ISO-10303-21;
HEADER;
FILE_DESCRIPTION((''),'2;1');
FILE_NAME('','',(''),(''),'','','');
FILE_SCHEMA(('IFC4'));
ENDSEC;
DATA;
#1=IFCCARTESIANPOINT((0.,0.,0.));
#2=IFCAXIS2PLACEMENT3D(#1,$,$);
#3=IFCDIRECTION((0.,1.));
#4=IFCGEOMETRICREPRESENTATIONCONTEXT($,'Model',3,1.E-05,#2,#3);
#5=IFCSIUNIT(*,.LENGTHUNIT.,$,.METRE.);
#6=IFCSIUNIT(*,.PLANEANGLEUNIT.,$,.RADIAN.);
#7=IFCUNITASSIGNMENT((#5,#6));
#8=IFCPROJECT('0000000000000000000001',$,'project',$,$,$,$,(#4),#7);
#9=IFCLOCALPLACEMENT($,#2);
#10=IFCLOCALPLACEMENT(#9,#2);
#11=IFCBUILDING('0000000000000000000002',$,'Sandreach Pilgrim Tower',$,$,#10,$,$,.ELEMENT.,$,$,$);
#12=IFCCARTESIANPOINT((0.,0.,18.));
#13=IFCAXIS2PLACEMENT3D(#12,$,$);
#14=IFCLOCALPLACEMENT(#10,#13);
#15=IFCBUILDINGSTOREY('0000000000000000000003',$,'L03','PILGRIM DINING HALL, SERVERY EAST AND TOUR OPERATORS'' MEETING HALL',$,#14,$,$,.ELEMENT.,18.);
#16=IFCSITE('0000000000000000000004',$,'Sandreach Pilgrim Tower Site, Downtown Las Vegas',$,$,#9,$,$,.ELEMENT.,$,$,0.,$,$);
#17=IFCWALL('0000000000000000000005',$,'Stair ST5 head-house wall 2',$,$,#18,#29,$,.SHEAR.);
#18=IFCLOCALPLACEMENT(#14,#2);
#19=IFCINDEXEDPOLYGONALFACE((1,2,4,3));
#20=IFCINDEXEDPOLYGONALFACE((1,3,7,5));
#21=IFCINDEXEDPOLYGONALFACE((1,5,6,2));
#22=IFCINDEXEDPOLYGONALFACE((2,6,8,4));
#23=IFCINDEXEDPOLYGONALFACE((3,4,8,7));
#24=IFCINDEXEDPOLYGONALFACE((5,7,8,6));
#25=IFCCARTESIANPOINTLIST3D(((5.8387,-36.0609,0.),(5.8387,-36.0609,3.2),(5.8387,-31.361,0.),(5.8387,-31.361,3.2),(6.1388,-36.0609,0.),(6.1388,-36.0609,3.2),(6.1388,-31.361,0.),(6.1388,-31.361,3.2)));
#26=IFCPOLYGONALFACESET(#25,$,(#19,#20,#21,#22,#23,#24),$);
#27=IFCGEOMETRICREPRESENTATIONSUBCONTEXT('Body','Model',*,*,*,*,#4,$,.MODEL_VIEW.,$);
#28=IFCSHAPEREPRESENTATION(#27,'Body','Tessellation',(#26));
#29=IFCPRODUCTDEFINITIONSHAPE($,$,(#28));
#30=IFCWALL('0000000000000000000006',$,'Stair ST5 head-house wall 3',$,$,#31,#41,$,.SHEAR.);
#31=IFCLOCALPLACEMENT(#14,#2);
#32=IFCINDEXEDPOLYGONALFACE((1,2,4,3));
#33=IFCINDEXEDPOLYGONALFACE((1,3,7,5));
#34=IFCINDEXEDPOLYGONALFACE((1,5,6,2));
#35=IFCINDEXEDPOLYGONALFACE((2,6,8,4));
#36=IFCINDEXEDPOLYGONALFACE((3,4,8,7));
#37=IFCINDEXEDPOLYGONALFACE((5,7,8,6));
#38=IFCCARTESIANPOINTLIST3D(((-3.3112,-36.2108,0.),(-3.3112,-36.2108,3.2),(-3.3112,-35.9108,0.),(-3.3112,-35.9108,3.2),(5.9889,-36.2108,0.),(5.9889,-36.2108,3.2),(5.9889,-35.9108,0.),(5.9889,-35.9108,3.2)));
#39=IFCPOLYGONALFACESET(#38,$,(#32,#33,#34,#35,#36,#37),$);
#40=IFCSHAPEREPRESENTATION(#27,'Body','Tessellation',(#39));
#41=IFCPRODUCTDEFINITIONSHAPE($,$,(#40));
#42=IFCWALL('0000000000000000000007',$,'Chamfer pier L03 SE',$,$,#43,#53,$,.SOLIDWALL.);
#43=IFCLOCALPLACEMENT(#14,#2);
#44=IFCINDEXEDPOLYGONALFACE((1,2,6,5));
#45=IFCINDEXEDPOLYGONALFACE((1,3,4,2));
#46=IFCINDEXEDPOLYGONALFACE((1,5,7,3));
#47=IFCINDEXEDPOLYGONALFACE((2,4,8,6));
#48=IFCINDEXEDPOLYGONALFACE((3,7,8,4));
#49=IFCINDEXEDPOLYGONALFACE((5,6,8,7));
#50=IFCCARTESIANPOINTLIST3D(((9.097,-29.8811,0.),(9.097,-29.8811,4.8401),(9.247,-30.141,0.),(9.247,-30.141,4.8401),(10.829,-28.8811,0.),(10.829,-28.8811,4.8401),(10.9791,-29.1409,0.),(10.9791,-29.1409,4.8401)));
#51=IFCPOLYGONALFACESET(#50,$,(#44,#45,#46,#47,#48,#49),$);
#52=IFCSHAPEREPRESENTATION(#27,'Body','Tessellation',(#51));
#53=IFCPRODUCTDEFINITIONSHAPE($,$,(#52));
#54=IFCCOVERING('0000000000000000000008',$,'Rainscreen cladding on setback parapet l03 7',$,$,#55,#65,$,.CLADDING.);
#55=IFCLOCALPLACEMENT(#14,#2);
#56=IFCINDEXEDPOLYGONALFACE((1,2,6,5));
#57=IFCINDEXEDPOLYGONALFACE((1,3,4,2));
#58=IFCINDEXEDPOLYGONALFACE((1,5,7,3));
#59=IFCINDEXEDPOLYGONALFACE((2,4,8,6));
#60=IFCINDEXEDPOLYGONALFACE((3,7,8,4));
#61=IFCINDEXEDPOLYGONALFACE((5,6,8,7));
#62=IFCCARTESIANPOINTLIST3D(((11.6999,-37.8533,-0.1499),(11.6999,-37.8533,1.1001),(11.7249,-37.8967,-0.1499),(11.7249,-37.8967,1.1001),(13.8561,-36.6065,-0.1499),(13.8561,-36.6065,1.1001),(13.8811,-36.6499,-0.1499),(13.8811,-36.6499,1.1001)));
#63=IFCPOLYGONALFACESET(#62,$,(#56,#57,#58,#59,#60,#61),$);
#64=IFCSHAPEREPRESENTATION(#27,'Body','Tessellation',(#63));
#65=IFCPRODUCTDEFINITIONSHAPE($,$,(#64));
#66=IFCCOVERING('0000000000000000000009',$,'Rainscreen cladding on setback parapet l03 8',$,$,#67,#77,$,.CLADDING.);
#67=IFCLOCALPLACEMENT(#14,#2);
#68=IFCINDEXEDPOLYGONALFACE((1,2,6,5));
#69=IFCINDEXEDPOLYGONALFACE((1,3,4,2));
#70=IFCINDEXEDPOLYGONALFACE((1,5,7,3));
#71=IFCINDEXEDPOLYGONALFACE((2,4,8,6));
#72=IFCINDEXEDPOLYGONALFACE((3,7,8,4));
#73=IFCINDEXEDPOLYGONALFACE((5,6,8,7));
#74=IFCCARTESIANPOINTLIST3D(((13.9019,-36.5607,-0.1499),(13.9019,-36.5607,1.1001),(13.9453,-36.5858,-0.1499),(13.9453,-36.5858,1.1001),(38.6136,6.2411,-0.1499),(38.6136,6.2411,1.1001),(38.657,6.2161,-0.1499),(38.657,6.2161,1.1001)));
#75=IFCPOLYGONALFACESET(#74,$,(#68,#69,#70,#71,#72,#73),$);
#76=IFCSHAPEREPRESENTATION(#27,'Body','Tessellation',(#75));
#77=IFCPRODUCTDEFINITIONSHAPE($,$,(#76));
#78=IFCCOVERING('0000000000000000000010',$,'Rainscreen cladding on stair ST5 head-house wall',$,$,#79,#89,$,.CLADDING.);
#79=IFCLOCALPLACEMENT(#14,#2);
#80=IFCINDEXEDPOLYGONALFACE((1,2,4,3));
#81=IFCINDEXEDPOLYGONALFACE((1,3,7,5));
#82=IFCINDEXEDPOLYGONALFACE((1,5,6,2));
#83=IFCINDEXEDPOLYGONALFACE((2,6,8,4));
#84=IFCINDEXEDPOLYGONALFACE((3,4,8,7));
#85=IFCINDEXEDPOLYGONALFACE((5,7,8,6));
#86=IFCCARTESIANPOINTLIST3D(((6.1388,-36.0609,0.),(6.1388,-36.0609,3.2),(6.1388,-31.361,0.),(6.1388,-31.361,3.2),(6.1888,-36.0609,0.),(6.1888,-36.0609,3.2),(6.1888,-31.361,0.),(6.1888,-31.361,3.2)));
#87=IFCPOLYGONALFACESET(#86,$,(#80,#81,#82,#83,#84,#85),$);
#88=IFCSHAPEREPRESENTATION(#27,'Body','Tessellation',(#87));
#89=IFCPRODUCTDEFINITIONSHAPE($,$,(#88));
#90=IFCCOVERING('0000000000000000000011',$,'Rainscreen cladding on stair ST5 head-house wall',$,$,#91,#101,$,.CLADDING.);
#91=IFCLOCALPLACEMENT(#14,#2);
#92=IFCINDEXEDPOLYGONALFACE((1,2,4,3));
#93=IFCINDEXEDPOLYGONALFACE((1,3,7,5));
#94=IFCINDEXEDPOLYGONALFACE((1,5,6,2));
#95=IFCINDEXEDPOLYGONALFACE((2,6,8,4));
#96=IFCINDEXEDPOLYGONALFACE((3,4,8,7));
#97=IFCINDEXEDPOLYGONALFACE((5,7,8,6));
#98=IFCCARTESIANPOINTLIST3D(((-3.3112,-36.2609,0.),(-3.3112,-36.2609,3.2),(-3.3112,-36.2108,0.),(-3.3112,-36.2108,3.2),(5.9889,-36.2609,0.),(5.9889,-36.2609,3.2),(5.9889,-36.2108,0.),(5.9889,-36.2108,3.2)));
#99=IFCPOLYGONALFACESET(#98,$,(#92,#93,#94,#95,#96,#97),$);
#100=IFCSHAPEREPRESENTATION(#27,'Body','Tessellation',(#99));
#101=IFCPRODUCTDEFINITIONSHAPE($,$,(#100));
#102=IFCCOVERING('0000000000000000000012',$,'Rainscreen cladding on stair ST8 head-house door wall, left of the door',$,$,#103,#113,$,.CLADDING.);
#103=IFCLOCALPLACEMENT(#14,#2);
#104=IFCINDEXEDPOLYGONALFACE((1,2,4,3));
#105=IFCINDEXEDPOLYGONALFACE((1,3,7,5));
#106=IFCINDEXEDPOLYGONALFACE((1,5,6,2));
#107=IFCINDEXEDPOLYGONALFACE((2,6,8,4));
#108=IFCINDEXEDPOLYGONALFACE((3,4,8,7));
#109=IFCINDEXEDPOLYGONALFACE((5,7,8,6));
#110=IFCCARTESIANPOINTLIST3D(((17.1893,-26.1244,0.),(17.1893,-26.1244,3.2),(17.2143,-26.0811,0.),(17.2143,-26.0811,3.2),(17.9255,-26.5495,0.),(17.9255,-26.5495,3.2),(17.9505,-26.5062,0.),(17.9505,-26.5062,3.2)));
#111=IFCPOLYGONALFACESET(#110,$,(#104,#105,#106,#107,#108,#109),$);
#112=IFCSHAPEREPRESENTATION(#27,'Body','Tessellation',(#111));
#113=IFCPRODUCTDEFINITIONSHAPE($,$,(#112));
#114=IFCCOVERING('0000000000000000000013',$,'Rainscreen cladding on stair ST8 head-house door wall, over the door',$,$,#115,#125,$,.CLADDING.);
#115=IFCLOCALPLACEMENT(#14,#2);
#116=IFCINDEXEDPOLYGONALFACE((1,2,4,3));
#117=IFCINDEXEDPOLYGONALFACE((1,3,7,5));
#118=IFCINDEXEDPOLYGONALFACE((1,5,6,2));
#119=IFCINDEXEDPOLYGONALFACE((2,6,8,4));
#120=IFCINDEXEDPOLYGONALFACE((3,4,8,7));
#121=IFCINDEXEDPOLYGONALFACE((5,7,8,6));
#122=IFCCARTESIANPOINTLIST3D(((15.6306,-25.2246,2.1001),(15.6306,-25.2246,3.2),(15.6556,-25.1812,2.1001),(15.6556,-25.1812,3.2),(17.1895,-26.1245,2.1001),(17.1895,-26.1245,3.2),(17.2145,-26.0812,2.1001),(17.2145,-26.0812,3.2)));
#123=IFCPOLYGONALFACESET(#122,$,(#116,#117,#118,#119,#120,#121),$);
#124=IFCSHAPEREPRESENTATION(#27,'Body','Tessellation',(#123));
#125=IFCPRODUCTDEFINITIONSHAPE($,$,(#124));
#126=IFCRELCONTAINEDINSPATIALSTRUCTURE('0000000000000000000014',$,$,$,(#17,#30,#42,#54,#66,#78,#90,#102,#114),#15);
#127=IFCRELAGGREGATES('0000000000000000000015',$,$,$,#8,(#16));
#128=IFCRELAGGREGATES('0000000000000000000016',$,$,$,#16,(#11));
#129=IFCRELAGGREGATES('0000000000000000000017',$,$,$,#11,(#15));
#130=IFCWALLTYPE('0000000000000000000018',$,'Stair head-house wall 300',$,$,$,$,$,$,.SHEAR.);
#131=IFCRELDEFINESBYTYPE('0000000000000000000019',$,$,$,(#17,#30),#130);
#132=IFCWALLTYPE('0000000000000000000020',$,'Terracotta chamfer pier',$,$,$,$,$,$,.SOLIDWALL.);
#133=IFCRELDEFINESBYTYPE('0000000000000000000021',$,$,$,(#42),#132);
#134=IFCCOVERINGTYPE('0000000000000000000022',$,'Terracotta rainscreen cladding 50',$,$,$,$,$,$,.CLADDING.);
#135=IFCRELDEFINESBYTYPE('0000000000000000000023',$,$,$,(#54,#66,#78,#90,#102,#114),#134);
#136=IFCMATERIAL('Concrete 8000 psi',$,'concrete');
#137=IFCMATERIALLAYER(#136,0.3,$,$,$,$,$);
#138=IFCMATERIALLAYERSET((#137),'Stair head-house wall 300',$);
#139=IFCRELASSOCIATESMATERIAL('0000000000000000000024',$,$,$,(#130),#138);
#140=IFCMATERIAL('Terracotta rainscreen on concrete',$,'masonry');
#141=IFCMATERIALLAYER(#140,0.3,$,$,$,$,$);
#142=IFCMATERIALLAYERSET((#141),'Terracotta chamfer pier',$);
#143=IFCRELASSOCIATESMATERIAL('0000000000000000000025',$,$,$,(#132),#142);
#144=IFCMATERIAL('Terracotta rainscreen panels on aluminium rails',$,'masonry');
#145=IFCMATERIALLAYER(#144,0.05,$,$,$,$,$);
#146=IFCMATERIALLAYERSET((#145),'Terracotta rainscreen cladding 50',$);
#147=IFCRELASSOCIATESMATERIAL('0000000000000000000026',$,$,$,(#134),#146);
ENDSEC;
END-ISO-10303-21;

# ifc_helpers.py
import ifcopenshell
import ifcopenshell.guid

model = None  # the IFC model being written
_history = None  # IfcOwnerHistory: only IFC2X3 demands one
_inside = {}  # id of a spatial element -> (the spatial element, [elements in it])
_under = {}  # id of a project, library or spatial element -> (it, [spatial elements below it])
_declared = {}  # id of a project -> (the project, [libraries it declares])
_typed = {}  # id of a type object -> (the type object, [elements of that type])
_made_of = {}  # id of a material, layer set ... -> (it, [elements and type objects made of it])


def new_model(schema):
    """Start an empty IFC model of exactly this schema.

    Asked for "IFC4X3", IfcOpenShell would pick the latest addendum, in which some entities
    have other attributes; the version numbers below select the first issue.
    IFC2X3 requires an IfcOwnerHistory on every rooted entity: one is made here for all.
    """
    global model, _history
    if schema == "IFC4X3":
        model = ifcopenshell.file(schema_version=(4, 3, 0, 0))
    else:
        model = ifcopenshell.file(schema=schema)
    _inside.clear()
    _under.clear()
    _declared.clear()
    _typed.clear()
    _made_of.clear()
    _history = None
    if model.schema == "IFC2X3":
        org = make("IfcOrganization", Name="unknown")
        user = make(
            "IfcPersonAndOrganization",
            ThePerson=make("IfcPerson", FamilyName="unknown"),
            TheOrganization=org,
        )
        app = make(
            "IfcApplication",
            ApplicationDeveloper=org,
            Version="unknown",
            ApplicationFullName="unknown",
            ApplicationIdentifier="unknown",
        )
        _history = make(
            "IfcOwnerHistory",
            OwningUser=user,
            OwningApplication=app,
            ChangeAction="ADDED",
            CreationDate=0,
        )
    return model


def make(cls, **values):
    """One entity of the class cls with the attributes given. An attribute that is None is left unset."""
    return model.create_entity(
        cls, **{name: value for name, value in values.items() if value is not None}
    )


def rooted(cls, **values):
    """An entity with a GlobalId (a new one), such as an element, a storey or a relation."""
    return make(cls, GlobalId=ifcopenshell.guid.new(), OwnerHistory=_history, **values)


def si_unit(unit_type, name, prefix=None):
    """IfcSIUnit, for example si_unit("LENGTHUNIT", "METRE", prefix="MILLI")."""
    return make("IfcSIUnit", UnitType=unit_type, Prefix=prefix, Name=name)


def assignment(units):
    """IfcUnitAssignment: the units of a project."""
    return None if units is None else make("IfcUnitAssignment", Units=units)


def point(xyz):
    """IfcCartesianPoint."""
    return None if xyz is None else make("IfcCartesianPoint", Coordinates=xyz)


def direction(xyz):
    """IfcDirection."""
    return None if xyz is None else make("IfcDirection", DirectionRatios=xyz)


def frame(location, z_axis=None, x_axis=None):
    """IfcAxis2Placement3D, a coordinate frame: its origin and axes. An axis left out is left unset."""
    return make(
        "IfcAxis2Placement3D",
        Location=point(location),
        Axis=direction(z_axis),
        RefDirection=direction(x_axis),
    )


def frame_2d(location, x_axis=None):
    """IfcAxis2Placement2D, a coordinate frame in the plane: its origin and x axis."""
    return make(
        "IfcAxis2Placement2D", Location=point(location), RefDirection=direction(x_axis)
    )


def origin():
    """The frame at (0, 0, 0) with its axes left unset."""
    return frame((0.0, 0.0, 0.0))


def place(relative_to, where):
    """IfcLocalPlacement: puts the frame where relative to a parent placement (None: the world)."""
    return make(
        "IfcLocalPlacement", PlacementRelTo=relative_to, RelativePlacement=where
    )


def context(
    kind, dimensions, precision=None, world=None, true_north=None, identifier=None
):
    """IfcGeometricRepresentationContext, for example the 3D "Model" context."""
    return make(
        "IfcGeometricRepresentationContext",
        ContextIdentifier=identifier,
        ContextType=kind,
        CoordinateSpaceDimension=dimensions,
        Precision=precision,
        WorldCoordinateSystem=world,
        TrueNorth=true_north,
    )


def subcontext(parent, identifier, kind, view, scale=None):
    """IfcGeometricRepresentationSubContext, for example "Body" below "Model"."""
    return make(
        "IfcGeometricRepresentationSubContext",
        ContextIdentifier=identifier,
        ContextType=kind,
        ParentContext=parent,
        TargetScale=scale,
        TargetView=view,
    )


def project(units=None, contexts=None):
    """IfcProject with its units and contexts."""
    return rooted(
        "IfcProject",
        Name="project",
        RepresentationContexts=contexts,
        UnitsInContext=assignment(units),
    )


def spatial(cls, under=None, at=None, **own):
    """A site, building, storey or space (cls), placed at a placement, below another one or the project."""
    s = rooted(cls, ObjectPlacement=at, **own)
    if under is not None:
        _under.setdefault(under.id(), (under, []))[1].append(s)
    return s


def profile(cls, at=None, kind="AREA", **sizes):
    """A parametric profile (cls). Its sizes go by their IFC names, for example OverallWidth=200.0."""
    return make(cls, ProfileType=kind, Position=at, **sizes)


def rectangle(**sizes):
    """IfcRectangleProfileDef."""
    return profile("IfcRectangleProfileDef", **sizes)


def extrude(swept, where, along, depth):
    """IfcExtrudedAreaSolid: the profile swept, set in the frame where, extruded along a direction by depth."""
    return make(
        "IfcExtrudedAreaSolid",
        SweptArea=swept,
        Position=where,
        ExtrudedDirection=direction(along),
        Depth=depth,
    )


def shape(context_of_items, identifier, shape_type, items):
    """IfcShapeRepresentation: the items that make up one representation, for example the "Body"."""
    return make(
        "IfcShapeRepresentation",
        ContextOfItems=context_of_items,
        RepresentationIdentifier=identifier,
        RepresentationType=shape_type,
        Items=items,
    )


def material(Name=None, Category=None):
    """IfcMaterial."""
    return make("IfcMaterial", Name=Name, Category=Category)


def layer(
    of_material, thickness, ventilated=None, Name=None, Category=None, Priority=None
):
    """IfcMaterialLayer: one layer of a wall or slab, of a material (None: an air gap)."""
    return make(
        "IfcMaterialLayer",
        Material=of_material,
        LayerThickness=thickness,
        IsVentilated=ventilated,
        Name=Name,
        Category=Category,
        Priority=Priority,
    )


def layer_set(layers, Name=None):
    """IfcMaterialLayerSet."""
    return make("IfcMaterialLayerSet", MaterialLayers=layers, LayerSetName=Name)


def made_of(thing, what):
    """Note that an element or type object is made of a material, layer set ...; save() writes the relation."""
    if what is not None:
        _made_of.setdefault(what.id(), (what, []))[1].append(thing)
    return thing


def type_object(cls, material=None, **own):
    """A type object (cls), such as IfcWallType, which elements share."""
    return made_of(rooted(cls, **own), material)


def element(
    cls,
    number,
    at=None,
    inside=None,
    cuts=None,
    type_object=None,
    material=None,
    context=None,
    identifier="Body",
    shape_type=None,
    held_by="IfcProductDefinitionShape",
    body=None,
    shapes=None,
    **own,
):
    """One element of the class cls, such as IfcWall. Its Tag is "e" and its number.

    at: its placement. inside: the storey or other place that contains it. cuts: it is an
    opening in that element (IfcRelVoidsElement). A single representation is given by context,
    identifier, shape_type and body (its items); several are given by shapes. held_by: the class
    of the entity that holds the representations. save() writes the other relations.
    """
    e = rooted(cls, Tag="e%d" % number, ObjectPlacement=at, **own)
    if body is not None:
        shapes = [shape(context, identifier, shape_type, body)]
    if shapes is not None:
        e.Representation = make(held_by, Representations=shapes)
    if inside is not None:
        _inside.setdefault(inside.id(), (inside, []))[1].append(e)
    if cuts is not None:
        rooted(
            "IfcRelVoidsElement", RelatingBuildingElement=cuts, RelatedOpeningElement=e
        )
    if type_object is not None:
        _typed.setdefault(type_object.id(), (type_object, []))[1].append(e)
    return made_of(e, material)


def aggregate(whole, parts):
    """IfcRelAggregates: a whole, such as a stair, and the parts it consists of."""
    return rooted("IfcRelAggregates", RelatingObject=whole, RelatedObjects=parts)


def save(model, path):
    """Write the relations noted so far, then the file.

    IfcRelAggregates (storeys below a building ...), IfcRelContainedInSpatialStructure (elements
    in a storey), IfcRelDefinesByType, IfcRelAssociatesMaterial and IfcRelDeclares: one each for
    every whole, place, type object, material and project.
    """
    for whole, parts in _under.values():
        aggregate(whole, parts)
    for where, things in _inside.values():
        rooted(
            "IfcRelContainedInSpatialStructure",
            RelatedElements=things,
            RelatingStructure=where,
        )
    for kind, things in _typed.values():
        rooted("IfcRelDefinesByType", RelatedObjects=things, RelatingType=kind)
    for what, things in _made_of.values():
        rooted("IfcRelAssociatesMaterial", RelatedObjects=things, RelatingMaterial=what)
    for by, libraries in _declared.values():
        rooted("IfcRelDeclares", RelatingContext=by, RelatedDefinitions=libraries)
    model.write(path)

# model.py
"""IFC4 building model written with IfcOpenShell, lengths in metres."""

from ifc_helpers import new_model, si_unit, direction, frame, frame_2d, origin, place, context, subcontext, project, spatial, rectangle, extrude, material, layer, layer_set, type_object, element, save


model = new_model("IFC4")

# Units and contexts
model_context = context("Model", 3, precision=1e-05, world=origin(), true_north=direction((0.0, 1.0)))
body_context = subcontext(model_context, "Body", "Model", "MODEL_VIEW")
ifc_project = project(units=[si_unit("LENGTHUNIT", "METRE"), si_unit("PLANEANGLEUNIT", "RADIAN")], contexts=[model_context])

# Site, building, storey
site_placement = place(None, origin())
site = spatial("IfcSite", under=ifc_project, at=site_placement, Name="Sandreach Pilgrim Tower Site, Downtown Las Vegas", CompositionType="ELEMENT", RefElevation=0.0)
building_placement = place(site_placement, origin())
building = spatial("IfcBuilding", under=site, at=building_placement, Name="Sandreach Pilgrim Tower", CompositionType="ELEMENT")
storey_placement = place(building_placement, frame((0.0, 0.0, 18.0)))
storey = spatial("IfcBuildingStorey", under=building, at=storey_placement, Name="L03", Description="PILGRIM DINING HALL, SERVERY EAST AND TOUR OPERATORS' MEETING HALL", CompositionType="ELEMENT", Elevation=18.0)

# Walls
ifc_material_1 = material(Name="Concrete 8000 psi", Category="concrete")
ifc_layer_1 = layer(ifc_material_1, 0.3)
ifc_layer_set_1 = layer_set([ifc_layer_1], Name="Stair head-house wall 300")
wall_type_1 = type_object("IfcWallType", Name="Stair head-house wall 300", PredefinedType="SHEAR", material=ifc_layer_set_1)
wall_1_placement = place(storey_placement, frame((5.9888, -31.3608, 0.0), z_axis=(0.0, 0.0, 1.0), x_axis=(0.0, -1.0, 0.0)))
element("IfcWall", 1, at=wall_1_placement, inside=storey, type_object=wall_type_1, Name="Stair ST5 head-house wall 2", PredefinedType="SHEAR", context=body_context, shape_type="SweptSolid", body=[
    extrude(rectangle(XDim=4.7, YDim=0.3, at=frame_2d((2.3501, 0.0))), origin(), (0.0, 0.0, 1.0), 3.2),
])
wall_2_placement = place(storey_placement, frame((5.9888, -36.0608, 0.0), z_axis=(0.0, 0.0, 1.0), x_axis=(-1.0, 0.0, 0.0)))
element("IfcWall", 2, at=wall_2_placement, inside=storey, type_object=wall_type_1, Name="Stair ST5 head-house wall 3", PredefinedType="SHEAR", context=body_context, shape_type="SweptSolid", body=[
    extrude(rectangle(XDim=9.3, YDim=0.3, at=frame_2d((4.6499, 0.0))), origin(), (0.0, 0.0, 1.0), 3.2),
])

# Wall
ifc_material_2 = material(Name="Terracotta rainscreen on concrete", Category="masonry")
ifc_layer_2 = layer(ifc_material_2, 0.3)
ifc_layer_set_2 = layer_set([ifc_layer_2], Name="Terracotta chamfer pier")
wall_type_2 = type_object("IfcWallType", Name="Terracotta chamfer pier", PredefinedType="SOLIDWALL", material=ifc_layer_set_2)
wall_3_placement = place(storey_placement, frame((10.9041, -29.011, 0.0), z_axis=(0.0, 0.0, 1.0), x_axis=(-0.866011, -0.500025, 0.0)))
element("IfcWall", 3, at=wall_3_placement, inside=storey, type_object=wall_type_2, Name="Chamfer pier L03 SE", PredefinedType="SOLIDWALL", context=body_context, shape_type="SweptSolid", body=[
    extrude(rectangle(XDim=2.0, YDim=0.3, at=frame_2d((1.0, 0.0))), origin(), (0.0, 0.0, 1.0), 4.8401),
])

# Coverings
ifc_material_3 = material(Name="Terracotta rainscreen panels on aluminium rails", Category="masonry")
ifc_layer_3 = layer(ifc_material_3, 0.05)
ifc_layer_set_3 = layer_set([ifc_layer_3], Name="Terracotta rainscreen cladding 50")
covering_type = type_object("IfcCoveringType", Name="Terracotta rainscreen cladding 50", PredefinedType="CLADDING", material=ifc_layer_set_3)
covering_1_placement = place(storey_placement, frame((11.7124, -37.875, -0.1499), z_axis=(0.0, 0.0, 1.0), x_axis=(0.865692, 0.500576, 0.0)))
element("IfcCovering", 4, at=covering_1_placement, inside=storey, type_object=covering_type, Name="Rainscreen cladding on setback parapet l03 7", PredefinedType="CLADDING", context=body_context, shape_type="SweptSolid", body=[
    extrude(rectangle(XDim=2.4907, YDim=0.05, at=frame_2d((1.2454, 0.0))), origin(), (0.0, 0.0, 1.0), 1.25),
])
covering_2_placement = place(storey_placement, frame((13.9236, -36.5732, -0.1499), z_axis=(0.0, 0.0, 1.0), x_axis=(0.500001, 0.866025, 0.0)))
element("IfcCovering", 5, at=covering_2_placement, inside=storey, type_object=covering_type, Name="Rainscreen cladding on setback parapet l03 8", PredefinedType="CLADDING", context=body_context, shape_type="SweptSolid", body=[
    extrude(rectangle(XDim=49.4233, YDim=0.05, at=frame_2d((24.7117, 0.0))), origin(), (0.0, 0.0, 1.0), 1.25),
])
covering_3_placement = place(storey_placement, frame((6.1638, -31.3608, 0.0), z_axis=(0.0, 0.0, 1.0), x_axis=(0.0, -1.0, 0.0)))
element("IfcCovering", 6, at=covering_3_placement, inside=storey, type_object=covering_type, Name="Rainscreen cladding on stair ST5 head-house wall", PredefinedType="CLADDING", context=body_context, shape_type="SweptSolid", body=[
    extrude(rectangle(XDim=4.7, YDim=0.05, at=frame_2d((2.3501, 0.0))), origin(), (0.0, 0.0, 1.0), 3.2),
])
covering_4_placement = place(storey_placement, frame((5.9888, -36.2358, 0.0), z_axis=(0.0, 0.0, 1.0), x_axis=(-1.0, 0.0, 0.0)))
element("IfcCovering", 7, at=covering_4_placement, inside=storey, type_object=covering_type, Name="Rainscreen cladding on stair ST5 head-house wall", PredefinedType="CLADDING", context=body_context, shape_type="SweptSolid", body=[
    extrude(rectangle(XDim=9.3, YDim=0.05, at=frame_2d((4.6499, 0.0))), origin(), (0.0, 0.0, 1.0), 3.2),
])
covering_5_placement = place(storey_placement, frame((17.938, -26.5278, 0.0), z_axis=(0.0, 0.0, 1.0), x_axis=(-0.865989, 0.500062, 0.0)))
element("IfcCovering", 8, at=covering_5_placement, inside=storey, type_object=covering_type, Name="Rainscreen cladding on stair ST8 head-house door wall, left of the door", PredefinedType="CLADDING", context=body_context, shape_type="SweptSolid", body=[
    extrude(rectangle(XDim=0.8501, YDim=0.05, at=frame_2d((0.425, 0.0))), origin(), (0.0, 0.0, 1.0), 3.2),
])
covering_6_placement = place(storey_placement, frame((17.2019, -26.1028, 2.1001), z_axis=(0.0, 0.0, 1.0), x_axis=(-0.866048, 0.499961, 0.0)))
element("IfcCovering", 9, at=covering_6_placement, inside=storey, type_object=covering_type, Name="Rainscreen cladding on stair ST8 head-house door wall, over the door", PredefinedType="CLADDING", context=body_context, shape_type="SweptSolid", body=[
    extrude(rectangle(XDim=1.8, YDim=0.05, at=frame_2d((0.8999, 0.0))), origin(), (0.0, 0.0, 1.0), 1.0999),
])

save(model, "model.ifc")
